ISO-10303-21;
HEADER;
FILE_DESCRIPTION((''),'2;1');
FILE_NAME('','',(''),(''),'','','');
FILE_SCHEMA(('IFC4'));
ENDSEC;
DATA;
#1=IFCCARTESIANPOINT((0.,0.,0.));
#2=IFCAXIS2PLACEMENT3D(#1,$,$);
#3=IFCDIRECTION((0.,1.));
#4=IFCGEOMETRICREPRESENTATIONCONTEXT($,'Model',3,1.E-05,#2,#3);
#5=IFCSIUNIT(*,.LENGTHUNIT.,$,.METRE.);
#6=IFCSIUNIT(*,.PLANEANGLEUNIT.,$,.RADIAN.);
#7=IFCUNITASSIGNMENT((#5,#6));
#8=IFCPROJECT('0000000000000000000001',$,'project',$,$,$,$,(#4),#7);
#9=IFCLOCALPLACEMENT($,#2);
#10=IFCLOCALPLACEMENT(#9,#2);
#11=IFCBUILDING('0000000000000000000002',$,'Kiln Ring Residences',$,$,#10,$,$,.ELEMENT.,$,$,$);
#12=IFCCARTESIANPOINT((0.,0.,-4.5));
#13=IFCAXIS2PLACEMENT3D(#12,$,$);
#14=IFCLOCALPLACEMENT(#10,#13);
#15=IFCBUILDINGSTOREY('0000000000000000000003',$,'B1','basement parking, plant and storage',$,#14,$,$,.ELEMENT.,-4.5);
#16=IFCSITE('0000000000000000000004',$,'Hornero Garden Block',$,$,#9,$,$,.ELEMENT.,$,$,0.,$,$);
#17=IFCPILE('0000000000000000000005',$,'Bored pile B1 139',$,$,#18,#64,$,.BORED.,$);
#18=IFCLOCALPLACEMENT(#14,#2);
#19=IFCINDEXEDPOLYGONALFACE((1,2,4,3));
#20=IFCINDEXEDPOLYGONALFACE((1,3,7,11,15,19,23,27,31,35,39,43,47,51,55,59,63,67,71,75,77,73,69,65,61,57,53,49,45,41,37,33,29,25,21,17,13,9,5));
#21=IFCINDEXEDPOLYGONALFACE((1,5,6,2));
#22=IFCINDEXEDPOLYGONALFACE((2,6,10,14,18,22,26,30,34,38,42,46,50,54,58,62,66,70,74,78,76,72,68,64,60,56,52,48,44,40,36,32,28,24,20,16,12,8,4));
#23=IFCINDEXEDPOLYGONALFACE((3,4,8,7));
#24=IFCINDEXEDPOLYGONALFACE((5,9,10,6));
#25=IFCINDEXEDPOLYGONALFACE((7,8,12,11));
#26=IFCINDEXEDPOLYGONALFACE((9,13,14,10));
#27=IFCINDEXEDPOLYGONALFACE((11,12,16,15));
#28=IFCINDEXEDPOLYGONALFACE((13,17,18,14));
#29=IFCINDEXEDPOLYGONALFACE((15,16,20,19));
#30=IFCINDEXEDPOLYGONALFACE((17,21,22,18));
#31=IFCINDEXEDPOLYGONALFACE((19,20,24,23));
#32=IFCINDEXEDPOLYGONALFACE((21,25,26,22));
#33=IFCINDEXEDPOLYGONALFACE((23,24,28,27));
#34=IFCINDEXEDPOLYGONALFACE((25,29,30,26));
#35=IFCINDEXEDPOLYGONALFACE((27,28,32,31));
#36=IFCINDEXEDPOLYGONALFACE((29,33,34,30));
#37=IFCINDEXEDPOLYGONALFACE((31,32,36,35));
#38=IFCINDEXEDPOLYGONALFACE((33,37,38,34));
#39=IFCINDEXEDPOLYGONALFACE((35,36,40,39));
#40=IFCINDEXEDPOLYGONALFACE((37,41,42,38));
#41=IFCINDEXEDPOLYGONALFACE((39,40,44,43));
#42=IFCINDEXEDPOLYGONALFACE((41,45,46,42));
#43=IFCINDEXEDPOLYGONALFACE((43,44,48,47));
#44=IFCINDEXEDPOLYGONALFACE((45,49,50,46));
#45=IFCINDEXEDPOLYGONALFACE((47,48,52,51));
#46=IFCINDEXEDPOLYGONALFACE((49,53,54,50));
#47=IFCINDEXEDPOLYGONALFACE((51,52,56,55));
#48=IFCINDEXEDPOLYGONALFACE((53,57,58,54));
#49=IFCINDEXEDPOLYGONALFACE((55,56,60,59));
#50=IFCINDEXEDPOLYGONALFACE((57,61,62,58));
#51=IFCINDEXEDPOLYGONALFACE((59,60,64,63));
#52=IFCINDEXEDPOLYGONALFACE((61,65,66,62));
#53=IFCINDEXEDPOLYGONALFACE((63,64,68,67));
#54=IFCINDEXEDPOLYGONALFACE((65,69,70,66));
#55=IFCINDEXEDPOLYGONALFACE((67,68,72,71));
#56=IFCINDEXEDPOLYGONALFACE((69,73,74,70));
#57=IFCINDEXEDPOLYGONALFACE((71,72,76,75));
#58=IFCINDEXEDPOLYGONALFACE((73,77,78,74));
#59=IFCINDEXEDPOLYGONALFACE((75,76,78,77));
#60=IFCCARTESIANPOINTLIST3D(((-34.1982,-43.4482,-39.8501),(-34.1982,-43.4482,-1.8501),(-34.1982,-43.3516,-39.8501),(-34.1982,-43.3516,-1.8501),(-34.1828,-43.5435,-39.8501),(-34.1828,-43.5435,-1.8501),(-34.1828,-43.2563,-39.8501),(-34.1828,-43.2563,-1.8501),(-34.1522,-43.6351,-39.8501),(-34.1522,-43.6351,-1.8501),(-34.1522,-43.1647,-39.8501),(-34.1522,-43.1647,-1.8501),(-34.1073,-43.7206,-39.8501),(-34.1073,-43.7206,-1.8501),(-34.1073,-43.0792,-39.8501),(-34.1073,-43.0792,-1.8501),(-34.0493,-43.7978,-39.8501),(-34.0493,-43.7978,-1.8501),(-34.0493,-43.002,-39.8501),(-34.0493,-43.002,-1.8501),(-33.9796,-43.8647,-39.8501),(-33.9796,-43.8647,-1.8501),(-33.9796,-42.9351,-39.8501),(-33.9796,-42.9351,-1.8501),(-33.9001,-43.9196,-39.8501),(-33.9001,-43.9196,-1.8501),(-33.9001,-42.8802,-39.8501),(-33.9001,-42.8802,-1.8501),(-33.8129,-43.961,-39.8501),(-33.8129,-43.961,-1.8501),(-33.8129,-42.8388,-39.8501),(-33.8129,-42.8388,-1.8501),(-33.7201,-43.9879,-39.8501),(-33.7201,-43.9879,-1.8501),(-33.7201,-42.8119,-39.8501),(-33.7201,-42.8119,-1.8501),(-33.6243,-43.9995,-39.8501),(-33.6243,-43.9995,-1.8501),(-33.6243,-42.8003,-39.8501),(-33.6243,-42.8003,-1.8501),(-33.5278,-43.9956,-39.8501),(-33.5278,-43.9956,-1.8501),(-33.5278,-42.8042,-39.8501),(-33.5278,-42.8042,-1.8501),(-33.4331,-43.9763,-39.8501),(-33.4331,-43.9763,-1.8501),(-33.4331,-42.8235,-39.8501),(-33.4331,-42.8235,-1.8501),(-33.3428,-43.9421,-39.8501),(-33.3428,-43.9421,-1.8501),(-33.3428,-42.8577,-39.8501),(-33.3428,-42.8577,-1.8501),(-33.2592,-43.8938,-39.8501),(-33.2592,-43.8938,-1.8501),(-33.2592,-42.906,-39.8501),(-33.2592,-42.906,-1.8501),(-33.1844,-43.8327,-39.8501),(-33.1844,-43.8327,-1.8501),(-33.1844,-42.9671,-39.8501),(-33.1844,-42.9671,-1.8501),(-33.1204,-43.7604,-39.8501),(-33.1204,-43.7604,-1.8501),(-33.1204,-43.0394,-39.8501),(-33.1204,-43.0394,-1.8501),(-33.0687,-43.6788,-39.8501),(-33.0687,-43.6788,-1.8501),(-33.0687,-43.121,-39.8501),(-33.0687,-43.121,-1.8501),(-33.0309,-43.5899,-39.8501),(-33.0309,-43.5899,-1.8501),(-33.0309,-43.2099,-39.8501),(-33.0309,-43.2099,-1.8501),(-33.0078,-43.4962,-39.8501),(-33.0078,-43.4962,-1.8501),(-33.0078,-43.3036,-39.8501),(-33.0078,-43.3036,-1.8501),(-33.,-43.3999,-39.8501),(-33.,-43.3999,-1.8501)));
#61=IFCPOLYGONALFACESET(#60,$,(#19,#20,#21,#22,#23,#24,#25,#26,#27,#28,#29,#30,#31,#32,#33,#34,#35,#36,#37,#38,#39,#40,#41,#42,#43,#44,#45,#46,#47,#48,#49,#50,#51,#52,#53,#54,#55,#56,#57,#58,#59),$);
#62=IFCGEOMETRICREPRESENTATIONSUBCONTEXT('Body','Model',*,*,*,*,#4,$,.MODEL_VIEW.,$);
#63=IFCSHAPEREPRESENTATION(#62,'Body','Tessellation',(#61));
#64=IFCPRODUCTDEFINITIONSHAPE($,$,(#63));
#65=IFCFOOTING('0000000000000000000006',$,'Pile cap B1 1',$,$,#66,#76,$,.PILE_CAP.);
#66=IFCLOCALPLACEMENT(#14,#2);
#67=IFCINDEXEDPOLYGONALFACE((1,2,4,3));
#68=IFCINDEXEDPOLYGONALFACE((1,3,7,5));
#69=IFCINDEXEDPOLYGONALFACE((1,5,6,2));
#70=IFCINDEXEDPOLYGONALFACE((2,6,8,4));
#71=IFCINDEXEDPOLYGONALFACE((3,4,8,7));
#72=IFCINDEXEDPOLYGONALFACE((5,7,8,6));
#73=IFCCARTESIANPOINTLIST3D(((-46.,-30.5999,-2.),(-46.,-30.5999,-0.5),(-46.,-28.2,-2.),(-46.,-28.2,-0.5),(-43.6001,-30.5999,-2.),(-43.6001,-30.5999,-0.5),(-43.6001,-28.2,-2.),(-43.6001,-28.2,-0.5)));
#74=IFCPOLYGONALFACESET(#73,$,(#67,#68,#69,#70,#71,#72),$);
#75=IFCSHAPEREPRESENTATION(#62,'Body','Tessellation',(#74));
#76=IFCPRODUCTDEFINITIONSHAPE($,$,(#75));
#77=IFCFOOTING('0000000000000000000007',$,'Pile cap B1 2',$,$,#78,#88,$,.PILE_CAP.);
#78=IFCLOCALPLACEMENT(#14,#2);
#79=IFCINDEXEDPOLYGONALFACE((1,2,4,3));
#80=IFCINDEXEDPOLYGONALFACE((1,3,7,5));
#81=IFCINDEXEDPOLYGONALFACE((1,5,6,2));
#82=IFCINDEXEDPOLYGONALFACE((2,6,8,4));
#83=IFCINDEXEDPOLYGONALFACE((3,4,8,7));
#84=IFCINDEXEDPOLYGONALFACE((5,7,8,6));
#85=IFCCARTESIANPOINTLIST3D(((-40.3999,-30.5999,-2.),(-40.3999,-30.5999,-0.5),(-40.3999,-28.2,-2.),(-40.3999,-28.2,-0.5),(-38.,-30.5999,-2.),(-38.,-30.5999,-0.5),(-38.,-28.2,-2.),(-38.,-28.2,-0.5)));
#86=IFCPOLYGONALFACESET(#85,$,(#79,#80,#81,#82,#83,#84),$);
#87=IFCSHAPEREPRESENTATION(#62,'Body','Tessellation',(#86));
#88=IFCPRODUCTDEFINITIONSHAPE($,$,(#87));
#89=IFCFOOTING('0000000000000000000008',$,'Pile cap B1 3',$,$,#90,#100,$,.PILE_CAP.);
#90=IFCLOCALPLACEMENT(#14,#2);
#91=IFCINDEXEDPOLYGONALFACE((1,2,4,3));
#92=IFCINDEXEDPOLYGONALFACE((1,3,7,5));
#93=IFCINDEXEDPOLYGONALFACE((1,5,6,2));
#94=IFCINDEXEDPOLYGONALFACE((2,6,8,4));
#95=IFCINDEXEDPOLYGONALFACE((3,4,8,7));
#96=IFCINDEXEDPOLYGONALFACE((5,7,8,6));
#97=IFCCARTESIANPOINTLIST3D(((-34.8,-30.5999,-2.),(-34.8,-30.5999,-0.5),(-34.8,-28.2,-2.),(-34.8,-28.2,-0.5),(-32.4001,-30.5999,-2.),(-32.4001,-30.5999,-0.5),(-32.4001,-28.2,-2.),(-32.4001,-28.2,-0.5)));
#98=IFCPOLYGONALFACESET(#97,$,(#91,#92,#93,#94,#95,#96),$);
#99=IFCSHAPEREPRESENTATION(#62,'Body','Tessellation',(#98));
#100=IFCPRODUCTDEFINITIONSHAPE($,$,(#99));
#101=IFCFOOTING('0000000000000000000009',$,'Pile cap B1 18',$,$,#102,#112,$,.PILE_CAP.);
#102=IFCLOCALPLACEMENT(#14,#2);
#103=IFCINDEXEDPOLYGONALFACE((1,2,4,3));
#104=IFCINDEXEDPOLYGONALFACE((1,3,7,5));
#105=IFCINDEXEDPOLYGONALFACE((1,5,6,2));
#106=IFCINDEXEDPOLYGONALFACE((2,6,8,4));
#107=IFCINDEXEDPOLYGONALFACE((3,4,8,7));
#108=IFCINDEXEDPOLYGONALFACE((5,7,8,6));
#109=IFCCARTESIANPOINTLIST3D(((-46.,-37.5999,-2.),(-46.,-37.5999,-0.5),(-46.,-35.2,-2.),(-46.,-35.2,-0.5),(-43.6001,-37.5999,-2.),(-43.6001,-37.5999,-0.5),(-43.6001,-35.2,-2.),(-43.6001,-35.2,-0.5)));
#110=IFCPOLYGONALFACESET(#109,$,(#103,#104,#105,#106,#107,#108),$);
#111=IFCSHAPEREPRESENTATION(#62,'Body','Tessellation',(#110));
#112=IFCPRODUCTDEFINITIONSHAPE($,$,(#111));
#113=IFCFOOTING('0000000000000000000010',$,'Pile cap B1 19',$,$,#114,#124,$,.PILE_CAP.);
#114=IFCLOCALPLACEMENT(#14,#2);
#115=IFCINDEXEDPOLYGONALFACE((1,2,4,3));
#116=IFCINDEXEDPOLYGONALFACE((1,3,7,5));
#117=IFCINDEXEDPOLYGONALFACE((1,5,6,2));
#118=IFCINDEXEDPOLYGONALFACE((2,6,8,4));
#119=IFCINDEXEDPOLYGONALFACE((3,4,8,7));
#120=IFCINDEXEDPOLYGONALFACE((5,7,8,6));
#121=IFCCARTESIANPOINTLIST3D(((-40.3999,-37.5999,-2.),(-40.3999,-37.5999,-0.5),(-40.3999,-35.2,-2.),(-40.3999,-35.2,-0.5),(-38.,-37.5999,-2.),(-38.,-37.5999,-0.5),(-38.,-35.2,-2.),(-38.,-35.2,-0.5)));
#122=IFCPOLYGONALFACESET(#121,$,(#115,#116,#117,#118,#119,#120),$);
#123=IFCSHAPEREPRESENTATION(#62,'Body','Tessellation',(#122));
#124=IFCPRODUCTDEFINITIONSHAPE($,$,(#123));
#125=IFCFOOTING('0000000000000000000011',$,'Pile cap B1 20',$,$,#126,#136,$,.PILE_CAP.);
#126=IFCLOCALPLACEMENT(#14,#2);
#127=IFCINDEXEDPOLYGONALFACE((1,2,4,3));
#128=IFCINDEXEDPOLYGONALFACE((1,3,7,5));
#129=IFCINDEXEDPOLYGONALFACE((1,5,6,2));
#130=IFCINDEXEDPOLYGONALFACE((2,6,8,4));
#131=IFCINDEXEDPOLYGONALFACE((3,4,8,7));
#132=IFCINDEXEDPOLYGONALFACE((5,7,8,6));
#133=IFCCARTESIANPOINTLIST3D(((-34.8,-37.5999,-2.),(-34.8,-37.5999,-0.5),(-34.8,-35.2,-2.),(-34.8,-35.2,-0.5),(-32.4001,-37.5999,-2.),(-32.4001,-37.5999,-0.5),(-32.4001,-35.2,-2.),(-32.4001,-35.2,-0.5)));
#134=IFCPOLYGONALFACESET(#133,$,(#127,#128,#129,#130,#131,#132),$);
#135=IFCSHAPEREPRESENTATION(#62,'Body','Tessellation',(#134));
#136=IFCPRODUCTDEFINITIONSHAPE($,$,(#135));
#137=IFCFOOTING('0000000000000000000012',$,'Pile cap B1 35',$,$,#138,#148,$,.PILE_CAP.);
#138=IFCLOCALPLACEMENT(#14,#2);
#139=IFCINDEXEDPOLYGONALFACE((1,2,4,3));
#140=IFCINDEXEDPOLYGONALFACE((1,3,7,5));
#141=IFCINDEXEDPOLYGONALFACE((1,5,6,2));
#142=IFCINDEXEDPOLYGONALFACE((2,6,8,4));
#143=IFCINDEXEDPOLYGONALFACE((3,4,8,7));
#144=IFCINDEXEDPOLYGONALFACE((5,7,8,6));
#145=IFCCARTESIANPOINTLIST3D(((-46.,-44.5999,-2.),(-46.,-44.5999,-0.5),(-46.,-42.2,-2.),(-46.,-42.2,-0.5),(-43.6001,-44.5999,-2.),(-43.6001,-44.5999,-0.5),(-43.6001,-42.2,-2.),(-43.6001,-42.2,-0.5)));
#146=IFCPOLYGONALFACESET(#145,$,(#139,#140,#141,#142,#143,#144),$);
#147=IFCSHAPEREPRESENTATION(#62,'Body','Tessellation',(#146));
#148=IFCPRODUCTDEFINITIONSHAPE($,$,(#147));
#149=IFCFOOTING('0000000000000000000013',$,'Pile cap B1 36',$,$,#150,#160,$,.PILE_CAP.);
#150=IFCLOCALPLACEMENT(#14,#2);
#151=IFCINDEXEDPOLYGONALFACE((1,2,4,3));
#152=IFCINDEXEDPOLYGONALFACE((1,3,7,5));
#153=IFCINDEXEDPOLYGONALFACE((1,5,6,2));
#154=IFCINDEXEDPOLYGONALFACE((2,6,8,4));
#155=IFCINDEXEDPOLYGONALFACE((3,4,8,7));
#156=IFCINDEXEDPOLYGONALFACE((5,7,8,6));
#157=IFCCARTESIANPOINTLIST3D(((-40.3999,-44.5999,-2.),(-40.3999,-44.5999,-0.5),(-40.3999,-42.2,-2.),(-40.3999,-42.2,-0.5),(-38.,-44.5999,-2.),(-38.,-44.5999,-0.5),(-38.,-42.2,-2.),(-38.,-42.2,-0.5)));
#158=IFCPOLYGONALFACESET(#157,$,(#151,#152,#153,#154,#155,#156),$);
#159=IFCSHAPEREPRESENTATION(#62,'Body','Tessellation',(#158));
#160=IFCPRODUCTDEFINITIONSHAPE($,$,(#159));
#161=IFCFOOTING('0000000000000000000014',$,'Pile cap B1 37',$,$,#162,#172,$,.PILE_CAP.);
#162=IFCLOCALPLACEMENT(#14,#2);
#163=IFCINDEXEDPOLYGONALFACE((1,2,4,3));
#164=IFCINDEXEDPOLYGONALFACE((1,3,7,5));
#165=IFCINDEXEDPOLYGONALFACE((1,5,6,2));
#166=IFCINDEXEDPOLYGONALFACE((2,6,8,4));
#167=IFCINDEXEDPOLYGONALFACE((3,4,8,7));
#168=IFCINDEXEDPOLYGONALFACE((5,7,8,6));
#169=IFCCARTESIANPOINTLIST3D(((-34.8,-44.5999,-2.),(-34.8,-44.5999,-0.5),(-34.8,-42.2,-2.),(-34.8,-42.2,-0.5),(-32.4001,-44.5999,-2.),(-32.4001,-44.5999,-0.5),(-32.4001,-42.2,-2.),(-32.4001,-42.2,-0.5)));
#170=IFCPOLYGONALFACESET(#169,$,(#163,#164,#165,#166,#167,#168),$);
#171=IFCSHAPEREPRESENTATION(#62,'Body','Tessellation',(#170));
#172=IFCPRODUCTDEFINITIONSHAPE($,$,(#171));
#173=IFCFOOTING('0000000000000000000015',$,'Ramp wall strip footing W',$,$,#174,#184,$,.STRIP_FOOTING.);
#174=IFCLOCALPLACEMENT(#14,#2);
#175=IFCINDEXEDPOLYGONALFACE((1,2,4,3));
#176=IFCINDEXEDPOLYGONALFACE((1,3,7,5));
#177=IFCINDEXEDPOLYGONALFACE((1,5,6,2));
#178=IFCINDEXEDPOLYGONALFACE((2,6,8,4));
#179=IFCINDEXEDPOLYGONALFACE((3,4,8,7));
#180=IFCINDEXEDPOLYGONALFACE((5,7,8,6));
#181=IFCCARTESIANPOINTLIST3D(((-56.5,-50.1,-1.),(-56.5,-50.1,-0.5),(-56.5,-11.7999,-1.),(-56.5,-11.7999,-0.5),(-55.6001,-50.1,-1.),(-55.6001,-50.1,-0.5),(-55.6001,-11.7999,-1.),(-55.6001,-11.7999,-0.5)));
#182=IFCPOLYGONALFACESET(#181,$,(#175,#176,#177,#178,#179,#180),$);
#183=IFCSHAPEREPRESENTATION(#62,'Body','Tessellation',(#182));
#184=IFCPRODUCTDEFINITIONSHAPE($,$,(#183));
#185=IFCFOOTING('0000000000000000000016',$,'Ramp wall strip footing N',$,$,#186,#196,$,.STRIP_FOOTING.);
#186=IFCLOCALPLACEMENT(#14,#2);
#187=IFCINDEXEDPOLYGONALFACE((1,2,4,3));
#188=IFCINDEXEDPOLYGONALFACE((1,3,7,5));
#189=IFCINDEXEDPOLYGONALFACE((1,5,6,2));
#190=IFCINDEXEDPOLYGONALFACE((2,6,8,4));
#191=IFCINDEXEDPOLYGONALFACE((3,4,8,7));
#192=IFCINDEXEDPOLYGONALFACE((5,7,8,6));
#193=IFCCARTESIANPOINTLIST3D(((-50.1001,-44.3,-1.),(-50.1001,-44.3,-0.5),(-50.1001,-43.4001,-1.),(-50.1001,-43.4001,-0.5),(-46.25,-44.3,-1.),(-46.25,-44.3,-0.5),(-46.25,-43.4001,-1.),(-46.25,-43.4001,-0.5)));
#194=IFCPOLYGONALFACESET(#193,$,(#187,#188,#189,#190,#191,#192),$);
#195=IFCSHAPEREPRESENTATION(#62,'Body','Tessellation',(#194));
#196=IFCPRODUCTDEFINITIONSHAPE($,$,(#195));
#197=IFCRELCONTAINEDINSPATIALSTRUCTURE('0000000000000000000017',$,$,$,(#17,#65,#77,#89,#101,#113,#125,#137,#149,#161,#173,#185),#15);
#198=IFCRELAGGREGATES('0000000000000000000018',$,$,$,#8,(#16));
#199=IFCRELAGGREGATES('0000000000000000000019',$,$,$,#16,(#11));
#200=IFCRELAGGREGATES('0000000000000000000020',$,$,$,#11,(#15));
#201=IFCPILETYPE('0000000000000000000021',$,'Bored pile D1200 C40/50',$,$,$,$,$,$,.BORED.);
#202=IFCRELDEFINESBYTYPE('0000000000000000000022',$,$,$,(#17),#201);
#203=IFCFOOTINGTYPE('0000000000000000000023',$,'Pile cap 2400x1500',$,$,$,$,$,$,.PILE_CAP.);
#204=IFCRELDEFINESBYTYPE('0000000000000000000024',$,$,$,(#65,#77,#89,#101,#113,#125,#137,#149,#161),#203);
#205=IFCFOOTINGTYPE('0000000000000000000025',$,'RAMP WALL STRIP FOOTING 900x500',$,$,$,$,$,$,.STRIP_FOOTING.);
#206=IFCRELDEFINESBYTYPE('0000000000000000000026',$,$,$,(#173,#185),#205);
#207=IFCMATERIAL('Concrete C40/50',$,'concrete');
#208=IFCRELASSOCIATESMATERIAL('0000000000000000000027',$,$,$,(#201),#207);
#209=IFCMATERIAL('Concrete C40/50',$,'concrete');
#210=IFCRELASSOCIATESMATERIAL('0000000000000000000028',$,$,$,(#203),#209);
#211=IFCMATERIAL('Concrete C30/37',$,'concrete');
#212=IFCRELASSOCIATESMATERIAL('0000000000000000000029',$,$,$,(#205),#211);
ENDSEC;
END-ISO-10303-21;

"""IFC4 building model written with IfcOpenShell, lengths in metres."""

from ifc_helpers import new_model, si_unit, direction, frame, origin, origin_2d, place, context, subcontext, project, spatial, rectangle, circle, extrude, material, material_profile, profile_set, type_object, element, save


model = new_model("IFC4")

# Units and contexts
model_context = context("Model", 3, precision=1e-05, world=origin(), true_north=direction((0.0, 1.0)))
body_context = subcontext(model_context, "Body", "Model", "MODEL_VIEW")
ifc_project = project(units=[si_unit("LENGTHUNIT", "METRE"), si_unit("PLANEANGLEUNIT", "RADIAN")], contexts=[model_context])

# Site, building, storey
site_placement = place(None, origin())
site = spatial("IfcSite", under=ifc_project, at=site_placement, Name="Hornero Garden Block", CompositionType="ELEMENT", RefElevation=0.0)
building_placement = place(site_placement, origin())
building = spatial("IfcBuilding", under=site, at=building_placement, Name="Kiln Ring Residences", CompositionType="ELEMENT")
storey_placement = place(building_placement, frame((0.0, 0.0, -4.5)))
storey = spatial("IfcBuildingStorey", under=building, at=storey_placement, Name="B1", Description="basement parking, plant and storage", CompositionType="ELEMENT", Elevation=-4.5)

# Pile
ifc_material_1 = material(Name="Concrete C40/50", Category="concrete")
ifc_material_profile_1 = material_profile(ifc_material_1, circle(Radius=0.6001, at=origin_2d()), Name="BORED1200")
ifc_profile_set_1 = profile_set([ifc_material_profile_1], Name="Concrete C40/50")
pile_type = type_object("IfcPileType", Name="Bored pile D1200 C40/50", PredefinedType="BORED", material=ifc_profile_set_1)
for number, where, z_axis, x_axis, name in (
    (1, (-33.6001, -43.3999, -1.8501), (0.0, 0.0, -1.0), (1.0, 0.0, 0.0), "Bored pile B1 139"),
):
    element("IfcPile", number, at=place(storey_placement, frame(where, z_axis=z_axis, x_axis=x_axis)), inside=storey, type_object=pile_type, Name=name, PredefinedType="BORED", context=body_context, shape_type="SweptSolid", body=[
        extrude(circle(Radius=0.6001, at=origin_2d()), origin(), (0.0, 0.0, 1.0), 38.0),
    ])

# Footings
ifc_material_2 = material(Name="Concrete C40/50", Category="concrete")
footing_type_1 = type_object("IfcFootingType", Name="Pile cap 2400x1500", PredefinedType="PILE_CAP", material=ifc_material_2)
for number, where, z_axis, x_axis, name in (
    (2, (-44.8, -29.3999, -2.0), (0.0, 0.0, 1.0), (1.0, 0.0, 0.0), "Pile cap B1 1"),
    (3, (-39.2, -29.3999, -2.0), (0.0, 0.0, 1.0), (1.0, 0.0, 0.0), "Pile cap B1 2"),
    (4, (-33.6001, -29.3999, -2.0), (0.0, 0.0, 1.0), (1.0, 0.0, 0.0), "Pile cap B1 3"),
    (5, (-44.8, -36.3999, -2.0), (0.0, 0.0, 1.0), (1.0, 0.0, 0.0), "Pile cap B1 18"),
    (6, (-39.2, -36.3999, -2.0), (0.0, 0.0, 1.0), (1.0, 0.0, 0.0), "Pile cap B1 19"),
    (7, (-33.6001, -36.3999, -2.0), (0.0, 0.0, 1.0), (1.0, 0.0, 0.0), "Pile cap B1 20"),
    (8, (-44.8, -43.3999, -2.0), (0.0, 0.0, 1.0), (1.0, 0.0, 0.0), "Pile cap B1 35"),
    (9, (-39.2, -43.3999, -2.0), (0.0, 0.0, 1.0), (1.0, 0.0, 0.0), "Pile cap B1 36"),
    (10, (-33.6001, -43.3999, -2.0), (0.0, 0.0, 1.0), (1.0, 0.0, 0.0), "Pile cap B1 37"),
):
    element("IfcFooting", number, at=place(storey_placement, frame(where, z_axis=z_axis, x_axis=x_axis)), inside=storey, type_object=footing_type_1, Name=name, PredefinedType="PILE_CAP", context=body_context, shape_type="SweptSolid", body=[
        extrude(rectangle(XDim=2.3999, YDim=2.3999, at=origin_2d()), origin(), (0.0, 0.0, 1.0), 1.5),
    ])
ifc_material_3 = material(Name="Concrete C30/37", Category="concrete")
footing_type_2 = type_object("IfcFootingType", Name="RAMP WALL STRIP FOOTING 900x500", PredefinedType="STRIP_FOOTING", material=ifc_material_3)
footing_1_placement = place(storey_placement, frame((-56.05, -30.95, -1.0), z_axis=(0.0, 0.0, 1.0), x_axis=(1.0, 0.0, 0.0)))
element("IfcFooting", 11, at=footing_1_placement, inside=storey, type_object=footing_type_2, Name="Ramp wall strip footing W", PredefinedType="STRIP_FOOTING", context=body_context, shape_type="SweptSolid", body=[
    extrude(rectangle(XDim=0.8999, YDim=38.3, at=origin_2d()), origin(), (0.0, 0.0, 1.0), 0.5),
])
footing_2_placement = place(storey_placement, frame((-48.175, -43.8501, -1.0), z_axis=(0.0, 0.0, 1.0), x_axis=(1.0, 0.0, 0.0)))
element("IfcFooting", 12, at=footing_2_placement, inside=storey, type_object=footing_type_2, Name="Ramp wall strip footing N", PredefinedType="STRIP_FOOTING", context=body_context, shape_type="SweptSolid", body=[
    extrude(rectangle(XDim=3.8501, YDim=0.8999, at=origin_2d()), origin(), (0.0, 0.0, 1.0), 0.5),
])

save(model, "model.ifc")
